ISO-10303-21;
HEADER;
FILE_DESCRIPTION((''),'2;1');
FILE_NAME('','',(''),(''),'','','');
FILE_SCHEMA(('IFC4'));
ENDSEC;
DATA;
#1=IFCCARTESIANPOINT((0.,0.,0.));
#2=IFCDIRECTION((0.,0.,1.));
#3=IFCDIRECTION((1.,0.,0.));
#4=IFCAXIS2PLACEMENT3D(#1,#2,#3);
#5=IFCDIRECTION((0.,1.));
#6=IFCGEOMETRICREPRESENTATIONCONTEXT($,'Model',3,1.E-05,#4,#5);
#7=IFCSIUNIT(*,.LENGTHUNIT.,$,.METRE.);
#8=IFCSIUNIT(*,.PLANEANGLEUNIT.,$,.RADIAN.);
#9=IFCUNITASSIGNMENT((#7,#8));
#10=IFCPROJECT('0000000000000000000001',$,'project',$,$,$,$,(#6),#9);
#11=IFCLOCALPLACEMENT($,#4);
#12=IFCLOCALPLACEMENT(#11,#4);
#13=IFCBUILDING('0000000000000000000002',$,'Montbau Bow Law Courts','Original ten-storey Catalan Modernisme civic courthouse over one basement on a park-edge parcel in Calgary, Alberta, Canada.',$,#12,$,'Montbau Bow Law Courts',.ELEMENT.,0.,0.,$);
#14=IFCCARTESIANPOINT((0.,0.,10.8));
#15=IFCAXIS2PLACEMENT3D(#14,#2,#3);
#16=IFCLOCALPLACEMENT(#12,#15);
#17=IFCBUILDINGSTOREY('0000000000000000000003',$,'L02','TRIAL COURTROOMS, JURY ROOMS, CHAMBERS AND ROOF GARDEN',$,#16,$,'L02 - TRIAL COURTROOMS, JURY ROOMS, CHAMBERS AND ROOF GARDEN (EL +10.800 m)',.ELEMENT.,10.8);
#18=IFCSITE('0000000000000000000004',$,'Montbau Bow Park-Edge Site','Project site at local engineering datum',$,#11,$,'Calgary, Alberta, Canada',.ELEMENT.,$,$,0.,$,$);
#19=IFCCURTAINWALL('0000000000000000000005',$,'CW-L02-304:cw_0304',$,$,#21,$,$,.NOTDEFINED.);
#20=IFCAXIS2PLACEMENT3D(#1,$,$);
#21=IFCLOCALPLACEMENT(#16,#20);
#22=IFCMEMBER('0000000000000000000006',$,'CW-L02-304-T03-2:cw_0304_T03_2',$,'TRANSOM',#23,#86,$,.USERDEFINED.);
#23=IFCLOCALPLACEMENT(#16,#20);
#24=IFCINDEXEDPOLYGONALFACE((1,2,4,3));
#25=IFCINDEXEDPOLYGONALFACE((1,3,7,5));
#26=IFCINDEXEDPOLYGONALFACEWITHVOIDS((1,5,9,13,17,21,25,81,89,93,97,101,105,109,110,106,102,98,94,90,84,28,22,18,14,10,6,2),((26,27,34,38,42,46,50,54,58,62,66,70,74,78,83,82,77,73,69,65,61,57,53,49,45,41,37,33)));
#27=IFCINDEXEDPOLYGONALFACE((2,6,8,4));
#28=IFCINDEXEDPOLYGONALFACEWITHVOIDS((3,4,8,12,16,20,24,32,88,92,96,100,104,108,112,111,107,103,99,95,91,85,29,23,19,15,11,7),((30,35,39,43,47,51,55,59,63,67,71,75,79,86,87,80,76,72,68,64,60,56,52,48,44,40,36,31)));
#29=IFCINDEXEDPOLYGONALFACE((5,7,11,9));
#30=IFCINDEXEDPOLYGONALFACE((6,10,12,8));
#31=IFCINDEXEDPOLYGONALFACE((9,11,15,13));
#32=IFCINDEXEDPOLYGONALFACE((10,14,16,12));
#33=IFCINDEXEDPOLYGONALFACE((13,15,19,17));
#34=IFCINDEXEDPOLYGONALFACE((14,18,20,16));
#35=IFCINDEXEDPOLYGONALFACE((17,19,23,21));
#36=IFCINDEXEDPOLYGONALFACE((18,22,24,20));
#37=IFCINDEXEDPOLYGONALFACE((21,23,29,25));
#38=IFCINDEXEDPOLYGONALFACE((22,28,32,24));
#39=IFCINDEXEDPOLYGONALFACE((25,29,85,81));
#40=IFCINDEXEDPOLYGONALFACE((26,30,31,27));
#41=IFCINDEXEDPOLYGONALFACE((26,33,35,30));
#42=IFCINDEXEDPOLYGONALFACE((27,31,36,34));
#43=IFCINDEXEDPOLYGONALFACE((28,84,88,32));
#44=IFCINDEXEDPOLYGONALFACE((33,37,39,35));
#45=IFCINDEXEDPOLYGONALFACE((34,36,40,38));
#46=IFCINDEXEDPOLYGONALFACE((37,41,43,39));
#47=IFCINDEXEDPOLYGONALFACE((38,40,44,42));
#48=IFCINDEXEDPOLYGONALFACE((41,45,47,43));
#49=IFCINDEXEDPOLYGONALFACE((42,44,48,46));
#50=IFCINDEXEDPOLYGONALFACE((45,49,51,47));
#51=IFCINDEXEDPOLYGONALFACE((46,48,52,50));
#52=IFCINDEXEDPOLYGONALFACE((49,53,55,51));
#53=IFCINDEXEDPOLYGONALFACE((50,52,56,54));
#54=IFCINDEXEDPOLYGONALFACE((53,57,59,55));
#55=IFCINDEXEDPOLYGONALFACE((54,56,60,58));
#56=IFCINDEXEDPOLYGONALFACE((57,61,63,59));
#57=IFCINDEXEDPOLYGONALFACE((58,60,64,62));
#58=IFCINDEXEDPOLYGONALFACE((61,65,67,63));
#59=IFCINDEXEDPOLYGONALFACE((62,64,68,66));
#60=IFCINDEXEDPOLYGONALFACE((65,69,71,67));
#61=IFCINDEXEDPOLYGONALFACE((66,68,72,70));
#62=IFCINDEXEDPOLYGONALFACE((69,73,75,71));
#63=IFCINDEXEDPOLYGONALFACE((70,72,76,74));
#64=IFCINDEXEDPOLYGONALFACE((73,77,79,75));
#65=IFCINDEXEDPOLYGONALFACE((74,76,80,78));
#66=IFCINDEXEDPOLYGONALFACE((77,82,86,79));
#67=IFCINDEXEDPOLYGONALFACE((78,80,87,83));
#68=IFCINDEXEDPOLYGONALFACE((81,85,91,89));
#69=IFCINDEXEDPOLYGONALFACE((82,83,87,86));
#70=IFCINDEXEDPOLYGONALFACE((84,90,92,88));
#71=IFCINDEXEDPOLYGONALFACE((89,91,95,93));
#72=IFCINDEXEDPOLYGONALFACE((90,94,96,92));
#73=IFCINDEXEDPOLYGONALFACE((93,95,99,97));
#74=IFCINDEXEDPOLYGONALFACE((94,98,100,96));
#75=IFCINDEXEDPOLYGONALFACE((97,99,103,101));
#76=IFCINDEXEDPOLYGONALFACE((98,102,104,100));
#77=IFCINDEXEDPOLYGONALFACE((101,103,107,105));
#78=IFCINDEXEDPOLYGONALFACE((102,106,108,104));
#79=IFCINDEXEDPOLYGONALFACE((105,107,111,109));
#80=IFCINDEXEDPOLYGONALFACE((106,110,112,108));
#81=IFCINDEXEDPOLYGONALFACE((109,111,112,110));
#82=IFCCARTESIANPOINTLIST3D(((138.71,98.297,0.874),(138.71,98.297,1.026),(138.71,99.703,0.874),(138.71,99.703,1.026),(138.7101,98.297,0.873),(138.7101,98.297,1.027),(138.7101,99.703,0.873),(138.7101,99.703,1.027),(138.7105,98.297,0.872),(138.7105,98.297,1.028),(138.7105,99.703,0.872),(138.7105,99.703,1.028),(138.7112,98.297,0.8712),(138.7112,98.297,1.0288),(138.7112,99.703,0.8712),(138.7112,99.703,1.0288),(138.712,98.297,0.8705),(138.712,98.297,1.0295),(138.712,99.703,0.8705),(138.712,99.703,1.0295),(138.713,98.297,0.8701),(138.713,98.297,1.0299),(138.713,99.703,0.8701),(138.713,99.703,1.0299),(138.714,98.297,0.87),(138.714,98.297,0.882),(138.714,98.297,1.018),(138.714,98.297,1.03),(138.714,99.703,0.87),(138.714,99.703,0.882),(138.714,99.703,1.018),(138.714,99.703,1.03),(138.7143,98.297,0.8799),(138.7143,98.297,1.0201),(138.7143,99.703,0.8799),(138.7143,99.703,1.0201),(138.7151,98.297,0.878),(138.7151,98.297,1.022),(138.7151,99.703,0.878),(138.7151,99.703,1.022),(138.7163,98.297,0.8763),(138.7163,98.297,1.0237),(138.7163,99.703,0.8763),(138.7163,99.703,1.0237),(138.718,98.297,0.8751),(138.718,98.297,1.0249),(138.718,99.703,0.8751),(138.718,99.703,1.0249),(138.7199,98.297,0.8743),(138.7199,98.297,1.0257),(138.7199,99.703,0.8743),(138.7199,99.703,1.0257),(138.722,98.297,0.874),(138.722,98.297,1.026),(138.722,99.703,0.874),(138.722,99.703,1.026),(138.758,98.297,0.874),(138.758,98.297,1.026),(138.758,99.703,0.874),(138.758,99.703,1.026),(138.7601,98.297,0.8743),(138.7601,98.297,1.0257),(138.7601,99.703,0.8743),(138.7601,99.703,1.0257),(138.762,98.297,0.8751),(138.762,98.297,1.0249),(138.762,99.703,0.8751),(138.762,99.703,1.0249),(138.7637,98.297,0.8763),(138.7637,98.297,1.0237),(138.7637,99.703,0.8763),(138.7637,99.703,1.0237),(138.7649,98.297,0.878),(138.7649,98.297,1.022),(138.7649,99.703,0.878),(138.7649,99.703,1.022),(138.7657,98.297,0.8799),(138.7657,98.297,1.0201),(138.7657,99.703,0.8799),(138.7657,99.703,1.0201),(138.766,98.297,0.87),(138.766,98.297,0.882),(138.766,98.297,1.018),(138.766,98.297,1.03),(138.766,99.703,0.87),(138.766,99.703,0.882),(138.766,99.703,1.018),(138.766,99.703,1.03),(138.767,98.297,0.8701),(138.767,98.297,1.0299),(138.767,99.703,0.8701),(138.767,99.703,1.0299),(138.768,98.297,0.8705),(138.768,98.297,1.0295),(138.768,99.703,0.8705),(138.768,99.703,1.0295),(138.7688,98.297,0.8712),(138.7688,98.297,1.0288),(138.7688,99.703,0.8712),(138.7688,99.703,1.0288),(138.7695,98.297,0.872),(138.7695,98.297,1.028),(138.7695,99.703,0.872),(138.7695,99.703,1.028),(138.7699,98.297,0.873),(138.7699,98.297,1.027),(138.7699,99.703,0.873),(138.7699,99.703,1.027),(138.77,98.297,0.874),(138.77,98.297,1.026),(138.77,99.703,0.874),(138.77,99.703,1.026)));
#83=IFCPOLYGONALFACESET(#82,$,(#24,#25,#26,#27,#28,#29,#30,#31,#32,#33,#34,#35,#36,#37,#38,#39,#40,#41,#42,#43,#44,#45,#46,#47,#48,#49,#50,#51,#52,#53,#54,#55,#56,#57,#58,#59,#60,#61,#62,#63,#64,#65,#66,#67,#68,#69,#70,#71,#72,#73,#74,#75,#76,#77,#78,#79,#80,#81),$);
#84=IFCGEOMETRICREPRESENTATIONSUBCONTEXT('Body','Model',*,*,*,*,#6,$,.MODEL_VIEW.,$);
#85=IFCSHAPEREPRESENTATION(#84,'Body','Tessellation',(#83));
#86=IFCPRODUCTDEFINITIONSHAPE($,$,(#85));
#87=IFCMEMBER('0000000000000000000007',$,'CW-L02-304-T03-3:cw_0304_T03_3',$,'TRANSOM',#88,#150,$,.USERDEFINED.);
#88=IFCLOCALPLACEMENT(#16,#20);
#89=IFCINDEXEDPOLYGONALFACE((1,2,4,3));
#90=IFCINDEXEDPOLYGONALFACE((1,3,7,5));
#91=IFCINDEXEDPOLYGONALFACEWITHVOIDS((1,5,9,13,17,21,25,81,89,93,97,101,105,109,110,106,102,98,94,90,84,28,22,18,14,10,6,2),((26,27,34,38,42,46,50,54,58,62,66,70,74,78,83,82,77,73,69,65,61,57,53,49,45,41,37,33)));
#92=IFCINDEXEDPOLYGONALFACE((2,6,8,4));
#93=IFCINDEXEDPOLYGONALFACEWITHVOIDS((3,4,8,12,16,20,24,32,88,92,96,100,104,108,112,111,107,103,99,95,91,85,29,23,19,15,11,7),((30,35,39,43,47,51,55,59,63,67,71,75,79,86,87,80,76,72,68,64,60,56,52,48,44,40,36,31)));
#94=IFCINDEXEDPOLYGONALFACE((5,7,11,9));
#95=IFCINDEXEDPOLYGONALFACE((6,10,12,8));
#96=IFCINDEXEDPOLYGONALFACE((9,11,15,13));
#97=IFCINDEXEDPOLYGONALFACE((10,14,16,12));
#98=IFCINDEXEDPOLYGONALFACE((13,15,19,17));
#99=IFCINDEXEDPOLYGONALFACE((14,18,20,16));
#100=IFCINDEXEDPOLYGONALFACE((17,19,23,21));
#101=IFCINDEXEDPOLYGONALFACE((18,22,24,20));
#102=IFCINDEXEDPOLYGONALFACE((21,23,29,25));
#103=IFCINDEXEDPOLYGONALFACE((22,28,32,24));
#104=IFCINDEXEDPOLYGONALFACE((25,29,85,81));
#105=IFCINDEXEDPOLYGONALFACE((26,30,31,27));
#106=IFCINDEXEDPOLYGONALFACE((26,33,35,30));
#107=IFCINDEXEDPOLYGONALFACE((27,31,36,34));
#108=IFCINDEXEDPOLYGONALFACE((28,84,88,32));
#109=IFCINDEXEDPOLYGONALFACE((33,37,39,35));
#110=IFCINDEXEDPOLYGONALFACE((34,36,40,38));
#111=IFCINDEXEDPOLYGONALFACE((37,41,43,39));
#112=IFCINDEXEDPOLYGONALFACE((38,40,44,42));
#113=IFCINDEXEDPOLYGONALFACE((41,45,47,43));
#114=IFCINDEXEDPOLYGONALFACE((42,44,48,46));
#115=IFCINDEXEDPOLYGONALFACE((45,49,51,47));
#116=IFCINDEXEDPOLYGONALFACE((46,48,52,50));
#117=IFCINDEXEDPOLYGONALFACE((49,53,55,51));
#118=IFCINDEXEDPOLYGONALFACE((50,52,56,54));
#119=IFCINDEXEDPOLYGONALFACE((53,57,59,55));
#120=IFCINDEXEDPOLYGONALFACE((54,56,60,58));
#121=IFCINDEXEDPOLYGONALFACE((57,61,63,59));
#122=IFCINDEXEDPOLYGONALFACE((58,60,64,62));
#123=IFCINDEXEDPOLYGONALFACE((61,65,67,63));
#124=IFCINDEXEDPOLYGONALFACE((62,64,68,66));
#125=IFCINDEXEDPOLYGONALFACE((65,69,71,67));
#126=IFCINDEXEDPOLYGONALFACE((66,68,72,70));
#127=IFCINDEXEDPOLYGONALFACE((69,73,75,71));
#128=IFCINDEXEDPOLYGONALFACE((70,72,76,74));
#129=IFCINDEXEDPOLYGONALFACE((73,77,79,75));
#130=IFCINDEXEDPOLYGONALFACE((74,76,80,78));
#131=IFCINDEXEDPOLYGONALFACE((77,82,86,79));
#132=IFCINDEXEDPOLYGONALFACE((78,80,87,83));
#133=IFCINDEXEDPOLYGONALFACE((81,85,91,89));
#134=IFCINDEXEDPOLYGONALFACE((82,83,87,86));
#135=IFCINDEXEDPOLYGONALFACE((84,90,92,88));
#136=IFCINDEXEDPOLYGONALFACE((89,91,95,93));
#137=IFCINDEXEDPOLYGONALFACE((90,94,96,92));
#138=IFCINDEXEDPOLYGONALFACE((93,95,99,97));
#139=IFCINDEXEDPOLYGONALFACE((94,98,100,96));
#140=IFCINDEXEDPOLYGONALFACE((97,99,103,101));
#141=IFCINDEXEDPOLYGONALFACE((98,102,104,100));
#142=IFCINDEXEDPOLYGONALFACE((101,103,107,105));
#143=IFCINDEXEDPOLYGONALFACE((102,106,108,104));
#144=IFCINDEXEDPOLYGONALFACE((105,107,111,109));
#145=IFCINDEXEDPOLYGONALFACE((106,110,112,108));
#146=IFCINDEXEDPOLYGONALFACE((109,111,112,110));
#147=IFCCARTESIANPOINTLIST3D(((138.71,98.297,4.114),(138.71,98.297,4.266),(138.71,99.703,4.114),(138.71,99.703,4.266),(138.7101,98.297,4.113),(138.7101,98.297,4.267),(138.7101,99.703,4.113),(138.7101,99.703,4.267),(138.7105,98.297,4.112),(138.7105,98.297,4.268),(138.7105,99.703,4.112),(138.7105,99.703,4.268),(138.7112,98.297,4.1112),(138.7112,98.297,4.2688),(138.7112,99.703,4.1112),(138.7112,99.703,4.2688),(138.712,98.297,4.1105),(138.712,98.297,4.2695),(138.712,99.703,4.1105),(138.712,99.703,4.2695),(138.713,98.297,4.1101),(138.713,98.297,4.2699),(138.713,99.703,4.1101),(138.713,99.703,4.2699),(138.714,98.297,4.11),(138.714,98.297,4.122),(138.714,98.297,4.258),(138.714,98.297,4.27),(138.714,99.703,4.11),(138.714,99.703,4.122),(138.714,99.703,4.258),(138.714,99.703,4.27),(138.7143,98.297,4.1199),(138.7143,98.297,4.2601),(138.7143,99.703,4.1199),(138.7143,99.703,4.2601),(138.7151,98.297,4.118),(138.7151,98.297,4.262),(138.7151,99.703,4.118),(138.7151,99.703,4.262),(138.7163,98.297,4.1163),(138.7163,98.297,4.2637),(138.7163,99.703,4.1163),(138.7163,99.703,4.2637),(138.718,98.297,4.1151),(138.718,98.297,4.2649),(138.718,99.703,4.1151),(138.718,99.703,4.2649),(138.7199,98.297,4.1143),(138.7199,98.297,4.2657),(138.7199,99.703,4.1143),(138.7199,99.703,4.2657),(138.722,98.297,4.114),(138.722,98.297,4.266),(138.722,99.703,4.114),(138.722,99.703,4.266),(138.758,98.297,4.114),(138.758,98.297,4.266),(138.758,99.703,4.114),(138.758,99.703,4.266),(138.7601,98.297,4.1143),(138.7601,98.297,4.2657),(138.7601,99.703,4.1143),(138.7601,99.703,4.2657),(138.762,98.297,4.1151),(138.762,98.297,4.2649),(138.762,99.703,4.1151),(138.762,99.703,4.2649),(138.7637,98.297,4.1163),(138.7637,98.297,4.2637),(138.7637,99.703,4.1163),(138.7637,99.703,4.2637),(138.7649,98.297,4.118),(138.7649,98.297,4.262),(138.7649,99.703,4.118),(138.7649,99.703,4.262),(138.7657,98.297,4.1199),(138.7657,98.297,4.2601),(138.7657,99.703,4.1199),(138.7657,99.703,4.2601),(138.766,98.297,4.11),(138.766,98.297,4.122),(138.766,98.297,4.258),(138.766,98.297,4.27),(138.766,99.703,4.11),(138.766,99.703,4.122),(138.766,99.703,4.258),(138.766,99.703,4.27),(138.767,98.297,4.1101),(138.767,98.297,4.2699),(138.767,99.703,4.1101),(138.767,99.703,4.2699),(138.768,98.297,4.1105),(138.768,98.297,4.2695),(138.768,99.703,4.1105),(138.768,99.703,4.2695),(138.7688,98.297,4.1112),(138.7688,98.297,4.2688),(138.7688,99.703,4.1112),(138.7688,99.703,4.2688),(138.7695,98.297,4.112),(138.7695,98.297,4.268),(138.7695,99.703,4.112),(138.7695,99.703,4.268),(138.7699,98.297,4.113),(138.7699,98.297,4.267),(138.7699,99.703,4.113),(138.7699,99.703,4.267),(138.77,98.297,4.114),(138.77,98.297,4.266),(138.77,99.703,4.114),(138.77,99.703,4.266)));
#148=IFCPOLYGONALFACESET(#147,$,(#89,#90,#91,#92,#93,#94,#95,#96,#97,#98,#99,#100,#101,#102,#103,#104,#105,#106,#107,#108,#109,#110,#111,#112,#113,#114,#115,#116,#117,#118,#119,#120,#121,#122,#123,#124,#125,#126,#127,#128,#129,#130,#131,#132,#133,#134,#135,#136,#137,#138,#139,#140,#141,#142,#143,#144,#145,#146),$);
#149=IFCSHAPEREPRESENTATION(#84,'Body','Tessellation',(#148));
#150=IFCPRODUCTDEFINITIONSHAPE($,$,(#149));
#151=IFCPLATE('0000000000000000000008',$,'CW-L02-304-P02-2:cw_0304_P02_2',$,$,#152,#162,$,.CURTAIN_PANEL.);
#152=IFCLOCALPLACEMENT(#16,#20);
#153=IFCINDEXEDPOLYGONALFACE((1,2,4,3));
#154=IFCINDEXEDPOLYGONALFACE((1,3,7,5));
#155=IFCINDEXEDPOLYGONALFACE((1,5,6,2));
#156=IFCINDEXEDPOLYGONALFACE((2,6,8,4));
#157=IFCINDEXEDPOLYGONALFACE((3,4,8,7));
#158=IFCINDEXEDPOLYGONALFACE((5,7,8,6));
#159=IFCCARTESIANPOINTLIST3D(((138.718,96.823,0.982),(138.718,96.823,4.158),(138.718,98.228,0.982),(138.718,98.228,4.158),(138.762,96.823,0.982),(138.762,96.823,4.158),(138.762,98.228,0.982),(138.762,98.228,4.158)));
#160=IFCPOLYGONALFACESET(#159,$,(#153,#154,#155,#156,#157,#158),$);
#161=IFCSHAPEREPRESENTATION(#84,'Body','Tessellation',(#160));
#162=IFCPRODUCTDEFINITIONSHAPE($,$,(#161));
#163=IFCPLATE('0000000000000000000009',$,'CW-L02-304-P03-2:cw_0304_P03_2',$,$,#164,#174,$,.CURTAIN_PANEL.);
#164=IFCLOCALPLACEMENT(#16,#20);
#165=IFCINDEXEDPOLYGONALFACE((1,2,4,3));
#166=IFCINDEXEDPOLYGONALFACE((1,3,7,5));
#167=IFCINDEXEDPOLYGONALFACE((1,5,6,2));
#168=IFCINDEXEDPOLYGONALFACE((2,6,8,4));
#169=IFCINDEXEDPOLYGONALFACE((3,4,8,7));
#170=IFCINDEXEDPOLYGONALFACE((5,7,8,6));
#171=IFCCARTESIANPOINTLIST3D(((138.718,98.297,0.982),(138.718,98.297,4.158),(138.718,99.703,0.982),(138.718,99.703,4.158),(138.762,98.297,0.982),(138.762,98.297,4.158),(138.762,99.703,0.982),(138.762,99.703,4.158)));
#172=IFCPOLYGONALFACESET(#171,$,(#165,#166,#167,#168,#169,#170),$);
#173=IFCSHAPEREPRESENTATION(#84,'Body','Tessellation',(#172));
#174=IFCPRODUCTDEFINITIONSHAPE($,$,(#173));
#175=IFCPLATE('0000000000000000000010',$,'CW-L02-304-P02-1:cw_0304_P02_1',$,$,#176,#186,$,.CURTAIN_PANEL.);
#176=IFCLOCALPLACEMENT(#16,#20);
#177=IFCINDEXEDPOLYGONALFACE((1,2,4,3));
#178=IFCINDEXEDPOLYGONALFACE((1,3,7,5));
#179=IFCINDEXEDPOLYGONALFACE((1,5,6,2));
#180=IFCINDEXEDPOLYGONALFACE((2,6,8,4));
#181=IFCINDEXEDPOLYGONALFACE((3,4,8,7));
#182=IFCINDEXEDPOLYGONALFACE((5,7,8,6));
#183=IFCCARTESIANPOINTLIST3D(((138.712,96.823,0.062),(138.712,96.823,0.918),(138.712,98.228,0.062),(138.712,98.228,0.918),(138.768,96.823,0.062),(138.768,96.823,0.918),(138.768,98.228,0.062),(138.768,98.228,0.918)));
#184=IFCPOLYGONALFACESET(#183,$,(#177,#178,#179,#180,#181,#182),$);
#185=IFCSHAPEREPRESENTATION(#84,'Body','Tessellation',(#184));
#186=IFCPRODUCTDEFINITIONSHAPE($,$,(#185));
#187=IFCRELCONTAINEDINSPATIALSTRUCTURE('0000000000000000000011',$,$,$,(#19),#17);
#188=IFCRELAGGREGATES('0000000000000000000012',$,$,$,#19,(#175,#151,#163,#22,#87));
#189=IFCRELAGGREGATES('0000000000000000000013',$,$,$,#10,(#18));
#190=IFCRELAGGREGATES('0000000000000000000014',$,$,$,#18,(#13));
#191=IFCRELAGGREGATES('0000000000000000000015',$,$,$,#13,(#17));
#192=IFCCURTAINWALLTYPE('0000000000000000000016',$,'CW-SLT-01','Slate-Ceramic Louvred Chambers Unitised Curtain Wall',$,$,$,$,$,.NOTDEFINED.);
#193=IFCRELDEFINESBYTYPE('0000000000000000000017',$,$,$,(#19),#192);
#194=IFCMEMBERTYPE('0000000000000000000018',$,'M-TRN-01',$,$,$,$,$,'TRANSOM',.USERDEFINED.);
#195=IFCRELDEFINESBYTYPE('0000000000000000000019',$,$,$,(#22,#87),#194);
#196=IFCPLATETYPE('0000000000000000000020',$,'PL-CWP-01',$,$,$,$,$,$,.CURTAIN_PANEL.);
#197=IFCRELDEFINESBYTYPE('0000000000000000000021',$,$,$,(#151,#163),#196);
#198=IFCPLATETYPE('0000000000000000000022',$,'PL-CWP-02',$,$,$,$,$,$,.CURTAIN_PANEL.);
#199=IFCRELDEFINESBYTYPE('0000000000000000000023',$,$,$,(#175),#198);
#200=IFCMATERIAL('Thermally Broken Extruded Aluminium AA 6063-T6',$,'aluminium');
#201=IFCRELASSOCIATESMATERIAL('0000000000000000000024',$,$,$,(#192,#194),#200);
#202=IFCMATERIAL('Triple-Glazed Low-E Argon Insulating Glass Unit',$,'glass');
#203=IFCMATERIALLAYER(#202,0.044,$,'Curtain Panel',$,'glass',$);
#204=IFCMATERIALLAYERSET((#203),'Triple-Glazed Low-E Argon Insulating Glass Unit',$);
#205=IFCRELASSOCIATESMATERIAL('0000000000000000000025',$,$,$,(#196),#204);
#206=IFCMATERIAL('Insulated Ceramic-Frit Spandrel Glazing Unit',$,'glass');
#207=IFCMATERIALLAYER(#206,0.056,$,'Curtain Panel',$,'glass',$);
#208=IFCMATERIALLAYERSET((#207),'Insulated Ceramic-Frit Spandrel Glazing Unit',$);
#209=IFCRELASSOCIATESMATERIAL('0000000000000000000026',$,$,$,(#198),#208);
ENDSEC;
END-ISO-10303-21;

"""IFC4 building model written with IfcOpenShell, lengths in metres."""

from ifc_helpers import new_model, si_unit, direction, frame, frame_2d, origin_with_axes, origin_2d_with_axis, place, context, subcontext, project, spatial, rectangle, hollow_rectangle, extrude, material, layer, layer_set, material_profile, profile_set, type_object, element, aggregate, save


model = new_model("IFC4")

# Units and contexts
model_context = context("Model", 3, precision=1e-05, world=origin_with_axes(), true_north=direction((0.0, 1.0)))
body_context = subcontext(model_context, "Body", "Model", "MODEL_VIEW")
ifc_project = project(units=[si_unit("LENGTHUNIT", "METRE"), si_unit("PLANEANGLEUNIT", "RADIAN")], contexts=[model_context])

# Site, building, storey
site_placement = place(None, origin_with_axes())
site = spatial("IfcSite", under=ifc_project, at=site_placement, Name="Montbau Bow Park-Edge Site", Description="Project site at local engineering datum", LongName="Calgary, Alberta, Canada", CompositionType="ELEMENT", RefElevation=0.0)
building_placement = place(site_placement, origin_with_axes())
building = spatial("IfcBuilding", under=site, at=building_placement, Name="Montbau Bow Law Courts", Description="Original ten-storey Catalan Modernisme civic courthouse over one basement on a park-edge parcel in Calgary, Alberta, Canada.", LongName="Montbau Bow Law Courts", CompositionType="ELEMENT", ElevationOfRefHeight=0.0, ElevationOfTerrain=0.0)
storey_placement = place(building_placement, frame((0.0, 0.0, 10.8), z_axis=(0.0, 0.0, 1.0), x_axis=(1.0, 0.0, 0.0)))
storey = spatial("IfcBuildingStorey", under=building, at=storey_placement, Name="L02", Description="TRIAL COURTROOMS, JURY ROOMS, CHAMBERS AND ROOF GARDEN", LongName="L02 - TRIAL COURTROOMS, JURY ROOMS, CHAMBERS AND ROOF GARDEN (EL +10.800 m)", CompositionType="ELEMENT", Elevation=10.8)

# Curtain wall, members, plates
ifc_material_1 = material(Name="Thermally Broken Extruded Aluminium AA 6063-T6", Category="aluminium")
curtain_wall_type = type_object("IfcCurtainWallType", Name="CW-SLT-01", Description="Slate-Ceramic Louvred Chambers Unitised Curtain Wall", PredefinedType="NOTDEFINED", material=ifc_material_1)
curtain_wall_placement = place(None, frame((138.74, 95.315, 10.8), z_axis=(0.0, 0.0, 1.0), x_axis=(1.0, 0.0, 0.0)))
curtain_wall = element("IfcCurtainWall", 1, at=curtain_wall_placement, inside=storey, type_object=curtain_wall_type, Name="CW-L02-304:cw_0304", PredefinedType="NOTDEFINED")
ifc_material_profile_1 = material_profile(ifc_material_1, hollow_rectangle(XDim=0.06, YDim=0.16, WallThickness=0.004, InnerFilletRadius=0.008, OuterFilletRadius=0.004, at=origin_2d_with_axis()), Name="CWT-160X60", Category="Main", Priority=0)
ifc_profile_set_1 = profile_set([ifc_material_profile_1], Name="Thermally Broken Extruded Aluminium AA 6063-T6")
member_type_1 = type_object("IfcMemberType", Name="M-TRN-01", ElementType="TRANSOM", PredefinedType="USERDEFINED", material=ifc_profile_set_1)
member_1_placement = place(None, frame((138.74, 98.297, 11.75), z_axis=(0.0, 1.0, 0.0), x_axis=(-1.0, 0.0, 0.0)))
member_1 = element("IfcMember", 2, at=member_1_placement, type_object=member_type_1, Name="CW-L02-304-T03-2:cw_0304_T03_2", ObjectType="TRANSOM", PredefinedType="USERDEFINED", context=body_context, shape_type="SweptSolid", body=[
    extrude(hollow_rectangle(XDim=0.06, YDim=0.16, WallThickness=0.004, InnerFilletRadius=0.008, OuterFilletRadius=0.004, at=origin_2d_with_axis()), origin_with_axes(), (0.0, 0.0, 1.0), 1.406),
])
member_2_placement = place(None, frame((138.74, 98.297, 14.99), z_axis=(0.0, 1.0, 0.0), x_axis=(-1.0, 0.0, 0.0)))
member_2 = element("IfcMember", 3, at=member_2_placement, type_object=member_type_1, Name="CW-L02-304-T03-3:cw_0304_T03_3", ObjectType="TRANSOM", PredefinedType="USERDEFINED", context=body_context, shape_type="SweptSolid", body=[
    extrude(hollow_rectangle(XDim=0.06, YDim=0.16, WallThickness=0.004, InnerFilletRadius=0.008, OuterFilletRadius=0.004, at=origin_2d_with_axis()), origin_with_axes(), (0.0, 0.0, 1.0), 1.406),
])
ifc_material_2 = material(Name="Triple-Glazed Low-E Argon Insulating Glass Unit", Category="glass")
ifc_layer_1 = layer(ifc_material_2, 0.044, Name="Curtain Panel", Category="glass")
ifc_layer_set_1 = layer_set([ifc_layer_1], Name="Triple-Glazed Low-E Argon Insulating Glass Unit")
plate_type_1 = type_object("IfcPlateType", Name="PL-CWP-01", PredefinedType="CURTAIN_PANEL", material=ifc_layer_set_1)
plate_1_placement = place(None, frame((138.74, 96.823, 11.782), z_axis=(1.0, 0.0, 0.0), x_axis=(0.0, 1.0, 0.0)))
plate_1 = element("IfcPlate", 4, at=plate_1_placement, type_object=plate_type_1, Name="CW-L02-304-P02-2:cw_0304_P02_2", PredefinedType="CURTAIN_PANEL", context=body_context, shape_type="SweptSolid", body=[
    extrude(rectangle(XDim=1.405, YDim=3.176, at=frame_2d((0.7025, 1.588), x_axis=(1.0, 0.0))), frame((0.0, 0.0, -0.022), z_axis=(0.0, 0.0, 1.0), x_axis=(1.0, 0.0, 0.0)), (0.0, 0.0, 1.0), 0.044),
])
plate_2_placement = place(None, frame((138.74, 98.297, 11.782), z_axis=(1.0, 0.0, 0.0), x_axis=(0.0, 1.0, 0.0)))
plate_2 = element("IfcPlate", 5, at=plate_2_placement, type_object=plate_type_1, Name="CW-L02-304-P03-2:cw_0304_P03_2", PredefinedType="CURTAIN_PANEL", context=body_context, shape_type="SweptSolid", body=[
    extrude(rectangle(XDim=1.406, YDim=3.176, at=frame_2d((0.703, 1.588), x_axis=(1.0, 0.0))), frame((0.0, 0.0, -0.022), z_axis=(0.0, 0.0, 1.0), x_axis=(1.0, 0.0, 0.0)), (0.0, 0.0, 1.0), 0.044),
])
ifc_material_3 = material(Name="Insulated Ceramic-Frit Spandrel Glazing Unit", Category="glass")
ifc_layer_2 = layer(ifc_material_3, 0.056, Name="Curtain Panel", Category="glass")
ifc_layer_set_2 = layer_set([ifc_layer_2], Name="Insulated Ceramic-Frit Spandrel Glazing Unit")
plate_type_2 = type_object("IfcPlateType", Name="PL-CWP-02", PredefinedType="CURTAIN_PANEL", material=ifc_layer_set_2)
plate_3_placement = place(None, frame((138.74, 96.823, 10.862), z_axis=(1.0, 0.0, 0.0), x_axis=(0.0, 1.0, 0.0)))
plate_3 = element("IfcPlate", 6, at=plate_3_placement, type_object=plate_type_2, Name="CW-L02-304-P02-1:cw_0304_P02_1", PredefinedType="CURTAIN_PANEL", context=body_context, shape_type="SweptSolid", body=[
    extrude(rectangle(XDim=1.405, YDim=0.856, at=frame_2d((0.7025, 0.428), x_axis=(1.0, 0.0))), frame((0.0, 0.0, -0.028), z_axis=(0.0, 0.0, 1.0), x_axis=(1.0, 0.0, 0.0)), (0.0, 0.0, 1.0), 0.056),
])
aggregate(curtain_wall, [plate_3, plate_1, plate_2, member_1, member_2])

save(model, "model.ifc")
